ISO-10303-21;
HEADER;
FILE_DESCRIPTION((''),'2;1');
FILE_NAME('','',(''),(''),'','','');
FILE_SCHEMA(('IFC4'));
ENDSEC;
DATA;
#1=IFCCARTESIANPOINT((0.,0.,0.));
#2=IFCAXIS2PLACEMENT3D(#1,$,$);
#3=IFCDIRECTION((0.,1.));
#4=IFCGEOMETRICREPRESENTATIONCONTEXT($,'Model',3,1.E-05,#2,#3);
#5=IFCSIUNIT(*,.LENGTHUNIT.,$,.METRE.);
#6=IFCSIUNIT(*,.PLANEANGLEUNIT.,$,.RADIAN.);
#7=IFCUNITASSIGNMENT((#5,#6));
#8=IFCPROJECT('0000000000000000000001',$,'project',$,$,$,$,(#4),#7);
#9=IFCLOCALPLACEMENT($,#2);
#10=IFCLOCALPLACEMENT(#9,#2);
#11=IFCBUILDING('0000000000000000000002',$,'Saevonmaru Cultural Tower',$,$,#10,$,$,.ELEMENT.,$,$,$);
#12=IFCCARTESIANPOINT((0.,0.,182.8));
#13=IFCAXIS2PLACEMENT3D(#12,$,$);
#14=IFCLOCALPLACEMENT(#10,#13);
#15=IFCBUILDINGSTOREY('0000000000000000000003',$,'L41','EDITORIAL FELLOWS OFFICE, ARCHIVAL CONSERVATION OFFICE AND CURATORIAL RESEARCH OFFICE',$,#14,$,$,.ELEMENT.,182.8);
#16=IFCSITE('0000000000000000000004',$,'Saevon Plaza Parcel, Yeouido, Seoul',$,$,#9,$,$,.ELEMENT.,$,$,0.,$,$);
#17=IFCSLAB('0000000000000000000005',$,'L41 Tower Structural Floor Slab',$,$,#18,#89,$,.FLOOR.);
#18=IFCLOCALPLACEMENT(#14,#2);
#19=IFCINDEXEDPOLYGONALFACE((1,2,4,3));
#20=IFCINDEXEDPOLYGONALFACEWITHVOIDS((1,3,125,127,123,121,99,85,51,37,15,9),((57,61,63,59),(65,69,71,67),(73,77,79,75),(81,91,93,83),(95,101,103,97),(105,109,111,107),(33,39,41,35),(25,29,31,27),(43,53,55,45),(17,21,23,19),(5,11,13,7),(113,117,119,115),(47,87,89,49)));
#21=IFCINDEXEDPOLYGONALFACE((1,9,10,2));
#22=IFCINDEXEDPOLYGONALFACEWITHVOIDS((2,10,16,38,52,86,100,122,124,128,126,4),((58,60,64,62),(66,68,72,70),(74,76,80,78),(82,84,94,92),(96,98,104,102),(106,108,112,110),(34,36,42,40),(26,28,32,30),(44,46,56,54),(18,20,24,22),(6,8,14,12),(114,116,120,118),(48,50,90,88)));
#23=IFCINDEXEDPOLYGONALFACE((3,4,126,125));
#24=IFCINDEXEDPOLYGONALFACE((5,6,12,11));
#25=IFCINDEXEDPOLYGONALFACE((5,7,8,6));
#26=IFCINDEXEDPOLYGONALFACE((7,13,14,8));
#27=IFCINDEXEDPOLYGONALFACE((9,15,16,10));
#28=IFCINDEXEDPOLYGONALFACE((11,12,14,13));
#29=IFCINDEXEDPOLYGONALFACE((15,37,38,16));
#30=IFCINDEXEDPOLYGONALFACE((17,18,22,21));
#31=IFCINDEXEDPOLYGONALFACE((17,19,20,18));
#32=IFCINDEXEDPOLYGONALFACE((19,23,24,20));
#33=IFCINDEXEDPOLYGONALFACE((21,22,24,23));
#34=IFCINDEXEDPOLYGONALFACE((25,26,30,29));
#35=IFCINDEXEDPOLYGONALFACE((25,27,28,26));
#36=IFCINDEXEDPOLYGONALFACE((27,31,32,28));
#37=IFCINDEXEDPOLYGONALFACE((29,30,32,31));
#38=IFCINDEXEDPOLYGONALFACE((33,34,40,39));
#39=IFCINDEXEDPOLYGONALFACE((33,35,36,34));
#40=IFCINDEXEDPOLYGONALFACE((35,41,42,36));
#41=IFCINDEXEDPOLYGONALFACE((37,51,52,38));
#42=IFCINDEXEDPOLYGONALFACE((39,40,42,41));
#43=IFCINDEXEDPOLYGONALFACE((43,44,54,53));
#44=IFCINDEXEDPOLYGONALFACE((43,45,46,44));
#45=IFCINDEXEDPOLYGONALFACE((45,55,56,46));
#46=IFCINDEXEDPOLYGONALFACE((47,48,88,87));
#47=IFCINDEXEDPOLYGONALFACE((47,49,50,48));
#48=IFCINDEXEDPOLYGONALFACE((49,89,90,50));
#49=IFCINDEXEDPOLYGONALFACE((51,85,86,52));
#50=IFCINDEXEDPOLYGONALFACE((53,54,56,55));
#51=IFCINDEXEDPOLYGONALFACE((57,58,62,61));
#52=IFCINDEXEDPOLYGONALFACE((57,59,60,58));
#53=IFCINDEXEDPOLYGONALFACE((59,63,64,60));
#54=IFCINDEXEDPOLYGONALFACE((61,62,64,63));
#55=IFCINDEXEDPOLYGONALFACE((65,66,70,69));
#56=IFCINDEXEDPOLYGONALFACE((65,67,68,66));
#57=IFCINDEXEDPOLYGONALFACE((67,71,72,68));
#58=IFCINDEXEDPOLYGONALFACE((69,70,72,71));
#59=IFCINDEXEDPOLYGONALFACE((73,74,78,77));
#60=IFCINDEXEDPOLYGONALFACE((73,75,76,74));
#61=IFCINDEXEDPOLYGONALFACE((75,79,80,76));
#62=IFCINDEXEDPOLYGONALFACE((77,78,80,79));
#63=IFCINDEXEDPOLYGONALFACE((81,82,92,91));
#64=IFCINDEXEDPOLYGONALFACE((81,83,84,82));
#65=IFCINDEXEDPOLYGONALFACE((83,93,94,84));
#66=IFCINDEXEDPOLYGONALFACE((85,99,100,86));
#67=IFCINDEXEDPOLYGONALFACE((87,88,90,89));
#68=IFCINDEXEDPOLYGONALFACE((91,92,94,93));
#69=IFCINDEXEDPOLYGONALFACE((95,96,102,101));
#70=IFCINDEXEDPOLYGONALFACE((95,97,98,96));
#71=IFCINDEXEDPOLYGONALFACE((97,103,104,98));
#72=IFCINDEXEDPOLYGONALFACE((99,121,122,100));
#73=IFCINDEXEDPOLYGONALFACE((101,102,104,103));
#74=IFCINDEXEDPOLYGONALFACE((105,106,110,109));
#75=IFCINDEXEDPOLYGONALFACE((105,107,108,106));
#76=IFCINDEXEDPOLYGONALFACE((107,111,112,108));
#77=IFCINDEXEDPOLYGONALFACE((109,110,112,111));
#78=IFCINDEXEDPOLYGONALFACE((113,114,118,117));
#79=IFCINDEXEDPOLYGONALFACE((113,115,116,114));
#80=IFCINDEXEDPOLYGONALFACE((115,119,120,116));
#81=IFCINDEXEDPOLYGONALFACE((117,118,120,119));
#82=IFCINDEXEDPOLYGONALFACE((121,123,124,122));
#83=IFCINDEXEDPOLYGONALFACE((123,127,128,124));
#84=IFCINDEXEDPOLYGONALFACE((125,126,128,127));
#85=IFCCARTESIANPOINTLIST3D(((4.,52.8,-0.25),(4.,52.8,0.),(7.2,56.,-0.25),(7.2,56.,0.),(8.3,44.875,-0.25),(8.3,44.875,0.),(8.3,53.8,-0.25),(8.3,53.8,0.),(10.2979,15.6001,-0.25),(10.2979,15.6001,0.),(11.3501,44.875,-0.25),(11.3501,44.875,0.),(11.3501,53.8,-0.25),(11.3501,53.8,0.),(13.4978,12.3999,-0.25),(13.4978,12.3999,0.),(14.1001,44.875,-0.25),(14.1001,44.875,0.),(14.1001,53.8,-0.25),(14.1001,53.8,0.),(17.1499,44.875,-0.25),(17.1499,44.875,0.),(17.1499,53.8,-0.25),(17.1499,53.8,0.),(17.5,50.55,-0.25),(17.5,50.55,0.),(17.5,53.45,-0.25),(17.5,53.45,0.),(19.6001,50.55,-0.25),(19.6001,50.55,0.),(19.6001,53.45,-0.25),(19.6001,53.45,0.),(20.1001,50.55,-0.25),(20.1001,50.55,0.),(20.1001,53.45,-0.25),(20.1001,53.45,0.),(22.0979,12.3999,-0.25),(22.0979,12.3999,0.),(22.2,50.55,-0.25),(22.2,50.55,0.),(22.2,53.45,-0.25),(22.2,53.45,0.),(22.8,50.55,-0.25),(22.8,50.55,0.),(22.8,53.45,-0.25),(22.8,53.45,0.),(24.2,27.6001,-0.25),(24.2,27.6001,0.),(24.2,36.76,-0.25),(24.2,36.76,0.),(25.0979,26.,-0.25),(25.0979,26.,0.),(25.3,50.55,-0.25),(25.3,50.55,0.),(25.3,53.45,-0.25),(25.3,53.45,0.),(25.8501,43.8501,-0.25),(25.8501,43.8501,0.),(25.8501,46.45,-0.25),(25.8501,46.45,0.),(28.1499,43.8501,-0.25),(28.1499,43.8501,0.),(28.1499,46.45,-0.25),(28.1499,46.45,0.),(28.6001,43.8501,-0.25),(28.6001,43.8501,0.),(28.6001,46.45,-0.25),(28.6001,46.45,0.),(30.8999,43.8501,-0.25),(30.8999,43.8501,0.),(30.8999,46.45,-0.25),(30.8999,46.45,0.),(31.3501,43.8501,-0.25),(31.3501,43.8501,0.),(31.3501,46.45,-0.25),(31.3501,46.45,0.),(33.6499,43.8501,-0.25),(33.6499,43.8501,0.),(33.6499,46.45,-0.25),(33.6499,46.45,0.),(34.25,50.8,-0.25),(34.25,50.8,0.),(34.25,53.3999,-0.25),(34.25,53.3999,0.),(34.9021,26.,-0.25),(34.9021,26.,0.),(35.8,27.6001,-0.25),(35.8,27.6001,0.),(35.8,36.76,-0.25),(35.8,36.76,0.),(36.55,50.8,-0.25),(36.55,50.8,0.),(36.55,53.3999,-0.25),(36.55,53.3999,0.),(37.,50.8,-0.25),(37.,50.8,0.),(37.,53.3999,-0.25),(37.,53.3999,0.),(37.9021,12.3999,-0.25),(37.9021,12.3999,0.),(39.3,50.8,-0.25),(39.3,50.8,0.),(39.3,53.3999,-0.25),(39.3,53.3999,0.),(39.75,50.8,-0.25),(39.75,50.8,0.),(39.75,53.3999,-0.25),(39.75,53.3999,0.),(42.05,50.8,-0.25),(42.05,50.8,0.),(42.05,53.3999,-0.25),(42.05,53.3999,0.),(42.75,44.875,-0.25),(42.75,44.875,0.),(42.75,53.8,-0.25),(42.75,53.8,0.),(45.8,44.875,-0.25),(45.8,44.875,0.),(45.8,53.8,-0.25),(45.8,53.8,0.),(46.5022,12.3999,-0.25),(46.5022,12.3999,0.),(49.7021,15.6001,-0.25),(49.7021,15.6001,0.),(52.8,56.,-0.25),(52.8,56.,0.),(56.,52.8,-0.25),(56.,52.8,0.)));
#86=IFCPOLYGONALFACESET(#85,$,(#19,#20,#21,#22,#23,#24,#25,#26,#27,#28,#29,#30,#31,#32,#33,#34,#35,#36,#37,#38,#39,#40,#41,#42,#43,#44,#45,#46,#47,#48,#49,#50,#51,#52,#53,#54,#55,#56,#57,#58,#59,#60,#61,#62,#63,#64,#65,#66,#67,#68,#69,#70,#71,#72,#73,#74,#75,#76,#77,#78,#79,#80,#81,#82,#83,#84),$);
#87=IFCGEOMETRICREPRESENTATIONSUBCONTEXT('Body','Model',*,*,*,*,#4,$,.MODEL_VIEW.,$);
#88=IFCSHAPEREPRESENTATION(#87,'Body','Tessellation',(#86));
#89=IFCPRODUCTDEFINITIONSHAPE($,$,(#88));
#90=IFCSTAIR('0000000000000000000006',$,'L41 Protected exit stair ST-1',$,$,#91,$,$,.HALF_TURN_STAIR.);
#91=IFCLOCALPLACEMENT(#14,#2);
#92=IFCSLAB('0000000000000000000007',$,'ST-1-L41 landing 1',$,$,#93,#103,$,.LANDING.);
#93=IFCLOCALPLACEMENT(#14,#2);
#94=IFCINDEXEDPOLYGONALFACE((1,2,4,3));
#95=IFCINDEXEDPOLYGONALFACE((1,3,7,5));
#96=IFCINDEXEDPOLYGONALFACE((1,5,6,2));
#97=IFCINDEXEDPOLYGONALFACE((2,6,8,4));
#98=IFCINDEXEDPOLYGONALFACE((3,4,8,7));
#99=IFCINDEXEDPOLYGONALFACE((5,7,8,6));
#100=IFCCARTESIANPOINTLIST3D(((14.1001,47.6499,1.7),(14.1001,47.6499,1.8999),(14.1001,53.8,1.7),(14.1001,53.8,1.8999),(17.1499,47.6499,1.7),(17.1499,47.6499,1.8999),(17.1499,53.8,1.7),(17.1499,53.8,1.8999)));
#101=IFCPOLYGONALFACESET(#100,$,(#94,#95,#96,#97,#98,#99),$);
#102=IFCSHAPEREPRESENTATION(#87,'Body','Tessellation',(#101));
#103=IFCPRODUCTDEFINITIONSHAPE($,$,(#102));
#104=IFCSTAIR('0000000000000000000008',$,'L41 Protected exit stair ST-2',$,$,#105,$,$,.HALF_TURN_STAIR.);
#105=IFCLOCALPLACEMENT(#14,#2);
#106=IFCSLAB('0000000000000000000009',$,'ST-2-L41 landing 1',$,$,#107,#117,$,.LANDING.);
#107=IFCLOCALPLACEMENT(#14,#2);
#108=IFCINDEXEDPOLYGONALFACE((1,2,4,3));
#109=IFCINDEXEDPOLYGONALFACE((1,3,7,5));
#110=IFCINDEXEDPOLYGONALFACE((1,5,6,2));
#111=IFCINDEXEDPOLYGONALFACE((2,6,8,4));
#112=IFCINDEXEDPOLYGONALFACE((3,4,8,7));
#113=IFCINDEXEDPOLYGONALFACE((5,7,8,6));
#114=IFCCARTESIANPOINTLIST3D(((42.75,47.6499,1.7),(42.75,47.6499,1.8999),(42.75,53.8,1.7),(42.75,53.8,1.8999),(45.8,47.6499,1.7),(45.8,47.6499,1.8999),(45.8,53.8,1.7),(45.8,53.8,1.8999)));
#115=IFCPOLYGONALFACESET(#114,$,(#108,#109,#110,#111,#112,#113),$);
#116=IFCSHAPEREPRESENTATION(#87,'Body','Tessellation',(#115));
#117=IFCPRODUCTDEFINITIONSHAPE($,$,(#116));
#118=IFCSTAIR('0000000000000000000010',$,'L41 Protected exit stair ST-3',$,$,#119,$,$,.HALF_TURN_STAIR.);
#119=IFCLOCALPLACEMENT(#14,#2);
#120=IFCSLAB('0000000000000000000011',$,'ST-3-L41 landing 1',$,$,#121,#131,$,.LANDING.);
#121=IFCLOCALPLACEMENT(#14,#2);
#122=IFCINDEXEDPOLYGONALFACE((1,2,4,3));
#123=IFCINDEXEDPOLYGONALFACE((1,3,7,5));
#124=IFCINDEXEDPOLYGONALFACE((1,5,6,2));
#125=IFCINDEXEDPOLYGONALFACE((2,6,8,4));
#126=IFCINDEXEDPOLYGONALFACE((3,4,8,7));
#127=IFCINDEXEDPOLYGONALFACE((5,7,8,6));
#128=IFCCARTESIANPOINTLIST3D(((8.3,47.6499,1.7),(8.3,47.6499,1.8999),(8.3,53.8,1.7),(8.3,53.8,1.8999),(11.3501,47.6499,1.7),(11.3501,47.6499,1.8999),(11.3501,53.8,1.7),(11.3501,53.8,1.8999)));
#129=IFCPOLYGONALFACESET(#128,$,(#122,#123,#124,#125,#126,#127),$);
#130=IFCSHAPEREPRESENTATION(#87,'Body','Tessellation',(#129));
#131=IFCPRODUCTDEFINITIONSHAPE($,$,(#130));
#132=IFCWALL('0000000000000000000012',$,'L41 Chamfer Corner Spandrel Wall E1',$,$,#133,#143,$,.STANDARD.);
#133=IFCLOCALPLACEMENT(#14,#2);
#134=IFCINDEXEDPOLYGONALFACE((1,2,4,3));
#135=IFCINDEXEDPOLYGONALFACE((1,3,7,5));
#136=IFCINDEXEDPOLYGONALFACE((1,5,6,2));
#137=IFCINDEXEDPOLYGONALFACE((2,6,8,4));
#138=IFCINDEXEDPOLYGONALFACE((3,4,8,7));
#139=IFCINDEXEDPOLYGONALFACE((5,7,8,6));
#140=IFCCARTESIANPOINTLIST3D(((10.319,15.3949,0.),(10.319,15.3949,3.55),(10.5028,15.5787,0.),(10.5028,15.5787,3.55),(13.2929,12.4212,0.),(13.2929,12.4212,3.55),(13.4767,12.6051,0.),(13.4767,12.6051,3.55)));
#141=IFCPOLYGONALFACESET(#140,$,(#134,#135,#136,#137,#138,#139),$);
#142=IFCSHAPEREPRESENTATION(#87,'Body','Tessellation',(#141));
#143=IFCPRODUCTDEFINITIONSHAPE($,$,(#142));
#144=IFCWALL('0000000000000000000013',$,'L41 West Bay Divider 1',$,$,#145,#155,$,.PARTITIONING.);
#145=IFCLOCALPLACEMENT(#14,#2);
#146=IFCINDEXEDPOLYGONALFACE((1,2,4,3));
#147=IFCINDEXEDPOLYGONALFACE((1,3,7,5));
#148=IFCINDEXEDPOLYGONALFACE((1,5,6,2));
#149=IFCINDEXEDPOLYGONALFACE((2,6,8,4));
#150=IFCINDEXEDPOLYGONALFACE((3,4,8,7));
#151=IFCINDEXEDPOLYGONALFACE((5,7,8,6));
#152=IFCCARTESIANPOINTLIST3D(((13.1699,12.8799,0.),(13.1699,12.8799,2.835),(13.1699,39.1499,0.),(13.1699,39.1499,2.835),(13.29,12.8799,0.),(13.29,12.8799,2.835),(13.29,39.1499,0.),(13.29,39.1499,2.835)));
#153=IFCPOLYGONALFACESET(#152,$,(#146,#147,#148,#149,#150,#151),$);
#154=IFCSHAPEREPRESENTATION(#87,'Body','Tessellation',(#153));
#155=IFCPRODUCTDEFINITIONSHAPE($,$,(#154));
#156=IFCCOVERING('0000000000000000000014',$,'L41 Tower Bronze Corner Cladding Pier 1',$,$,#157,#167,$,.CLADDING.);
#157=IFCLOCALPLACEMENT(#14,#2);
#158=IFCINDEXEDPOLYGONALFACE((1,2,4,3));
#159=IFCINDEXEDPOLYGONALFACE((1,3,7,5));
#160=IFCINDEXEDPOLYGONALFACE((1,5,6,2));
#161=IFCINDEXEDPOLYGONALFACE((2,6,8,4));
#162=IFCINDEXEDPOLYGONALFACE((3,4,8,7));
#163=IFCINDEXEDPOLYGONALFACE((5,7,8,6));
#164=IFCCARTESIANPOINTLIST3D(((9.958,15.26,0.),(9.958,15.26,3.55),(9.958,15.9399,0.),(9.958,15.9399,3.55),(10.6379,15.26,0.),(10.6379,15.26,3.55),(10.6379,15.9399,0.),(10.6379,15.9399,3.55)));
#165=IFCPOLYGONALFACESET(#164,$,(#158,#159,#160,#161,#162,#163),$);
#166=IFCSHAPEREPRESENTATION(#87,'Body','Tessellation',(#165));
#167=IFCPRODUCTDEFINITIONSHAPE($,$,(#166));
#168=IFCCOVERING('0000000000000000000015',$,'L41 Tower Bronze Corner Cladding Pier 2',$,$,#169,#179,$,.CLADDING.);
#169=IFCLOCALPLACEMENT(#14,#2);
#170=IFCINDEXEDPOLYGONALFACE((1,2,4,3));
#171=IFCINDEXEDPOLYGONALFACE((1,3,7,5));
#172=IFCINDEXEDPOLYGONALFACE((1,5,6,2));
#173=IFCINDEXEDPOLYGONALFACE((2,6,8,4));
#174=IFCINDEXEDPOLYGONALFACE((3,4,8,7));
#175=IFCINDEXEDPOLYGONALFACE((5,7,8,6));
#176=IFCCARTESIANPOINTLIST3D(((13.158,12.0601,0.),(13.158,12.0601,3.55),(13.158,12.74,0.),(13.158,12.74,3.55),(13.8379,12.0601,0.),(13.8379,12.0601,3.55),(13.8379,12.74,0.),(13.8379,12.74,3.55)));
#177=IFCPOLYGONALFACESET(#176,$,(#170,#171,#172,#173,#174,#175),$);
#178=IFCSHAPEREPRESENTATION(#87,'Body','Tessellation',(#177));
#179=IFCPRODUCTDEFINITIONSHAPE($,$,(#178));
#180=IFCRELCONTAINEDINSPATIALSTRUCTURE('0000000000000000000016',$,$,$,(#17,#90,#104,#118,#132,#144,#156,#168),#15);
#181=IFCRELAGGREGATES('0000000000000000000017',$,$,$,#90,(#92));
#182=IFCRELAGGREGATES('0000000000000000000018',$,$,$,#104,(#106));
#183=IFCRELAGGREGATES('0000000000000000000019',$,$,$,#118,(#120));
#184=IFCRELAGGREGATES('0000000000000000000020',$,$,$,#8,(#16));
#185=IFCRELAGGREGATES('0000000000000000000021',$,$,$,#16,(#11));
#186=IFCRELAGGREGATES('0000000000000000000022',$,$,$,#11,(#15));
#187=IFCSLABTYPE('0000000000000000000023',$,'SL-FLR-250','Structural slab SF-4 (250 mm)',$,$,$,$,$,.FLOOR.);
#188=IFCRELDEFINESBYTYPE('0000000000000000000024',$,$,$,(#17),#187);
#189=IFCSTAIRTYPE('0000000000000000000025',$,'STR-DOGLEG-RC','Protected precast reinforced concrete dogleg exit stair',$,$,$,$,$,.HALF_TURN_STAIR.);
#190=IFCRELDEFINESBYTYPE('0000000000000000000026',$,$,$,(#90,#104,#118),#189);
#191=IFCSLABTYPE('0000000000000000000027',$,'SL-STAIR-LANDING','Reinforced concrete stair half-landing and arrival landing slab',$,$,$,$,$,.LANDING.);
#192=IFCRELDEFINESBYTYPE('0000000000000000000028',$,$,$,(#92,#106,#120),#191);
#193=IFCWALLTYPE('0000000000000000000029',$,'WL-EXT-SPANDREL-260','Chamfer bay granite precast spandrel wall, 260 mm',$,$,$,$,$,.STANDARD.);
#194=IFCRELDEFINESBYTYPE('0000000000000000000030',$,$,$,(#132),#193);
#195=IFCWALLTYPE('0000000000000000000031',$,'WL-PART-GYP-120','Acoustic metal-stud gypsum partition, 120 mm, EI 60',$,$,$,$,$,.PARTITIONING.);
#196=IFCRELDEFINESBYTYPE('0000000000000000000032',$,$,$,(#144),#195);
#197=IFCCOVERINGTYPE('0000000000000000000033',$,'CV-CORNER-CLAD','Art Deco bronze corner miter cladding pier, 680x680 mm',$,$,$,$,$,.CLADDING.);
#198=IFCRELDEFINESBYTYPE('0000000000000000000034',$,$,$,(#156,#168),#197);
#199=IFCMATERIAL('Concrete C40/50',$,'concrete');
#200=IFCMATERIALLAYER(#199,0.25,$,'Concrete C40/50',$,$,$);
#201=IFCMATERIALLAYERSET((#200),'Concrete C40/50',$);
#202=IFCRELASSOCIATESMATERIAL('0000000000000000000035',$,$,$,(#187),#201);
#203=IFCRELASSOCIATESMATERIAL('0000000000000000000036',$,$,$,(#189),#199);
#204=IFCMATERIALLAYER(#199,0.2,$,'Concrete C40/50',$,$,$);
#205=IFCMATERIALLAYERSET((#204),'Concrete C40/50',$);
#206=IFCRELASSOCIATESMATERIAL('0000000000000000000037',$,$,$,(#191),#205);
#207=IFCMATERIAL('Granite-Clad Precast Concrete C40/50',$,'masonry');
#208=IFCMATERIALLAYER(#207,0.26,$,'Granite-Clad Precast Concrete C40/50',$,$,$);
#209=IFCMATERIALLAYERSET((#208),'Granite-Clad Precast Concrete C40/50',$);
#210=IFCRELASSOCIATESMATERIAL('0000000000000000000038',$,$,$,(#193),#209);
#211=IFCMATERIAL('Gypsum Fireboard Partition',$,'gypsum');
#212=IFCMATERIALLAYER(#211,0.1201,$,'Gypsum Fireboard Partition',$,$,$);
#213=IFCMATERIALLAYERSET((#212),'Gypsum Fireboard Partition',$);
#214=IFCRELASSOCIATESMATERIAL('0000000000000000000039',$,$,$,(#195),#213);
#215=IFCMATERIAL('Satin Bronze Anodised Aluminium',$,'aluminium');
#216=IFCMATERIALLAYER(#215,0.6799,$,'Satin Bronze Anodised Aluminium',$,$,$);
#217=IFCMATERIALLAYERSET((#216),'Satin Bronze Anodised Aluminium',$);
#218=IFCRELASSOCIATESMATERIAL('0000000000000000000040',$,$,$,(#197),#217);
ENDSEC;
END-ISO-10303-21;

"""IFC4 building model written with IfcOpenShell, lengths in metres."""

from ifc_helpers import new_model, si_unit, direction, frame, frame_2d, origin, place, context, subcontext, project, spatial, polyline, rectangle, outline, extrude, material, layer, layer_set, type_object, element, aggregate, save


model = new_model("IFC4")

# Units and contexts
model_context = context("Model", 3, precision=1e-05, world=origin(), true_north=direction((0.0, 1.0)))
body_context = subcontext(model_context, "Body", "Model", "MODEL_VIEW")
ifc_project = project(units=[si_unit("LENGTHUNIT", "METRE"), si_unit("PLANEANGLEUNIT", "RADIAN")], contexts=[model_context])

# Site, building, storey
site_placement = place(None, origin())
site = spatial("IfcSite", under=ifc_project, at=site_placement, Name="Saevon Plaza Parcel, Yeouido, Seoul", CompositionType="ELEMENT", RefElevation=0.0)
building_placement = place(site_placement, origin())
building = spatial("IfcBuilding", under=site, at=building_placement, Name="Saevonmaru Cultural Tower", CompositionType="ELEMENT")
storey_placement = place(building_placement, frame((0.0, 0.0, 182.8)))
storey = spatial("IfcBuildingStorey", under=building, at=storey_placement, Name="L41", Description="EDITORIAL FELLOWS OFFICE, ARCHIVAL CONSERVATION OFFICE AND CURATORIAL RESEARCH OFFICE", CompositionType="ELEMENT", Elevation=182.8)

# Shared definitions
ifc_material_1 = material(Name="Satin Bronze Anodised Aluminium", Category="aluminium")

# Slab
ifc_material_2 = material(Name="Concrete C40/50", Category="concrete")
ifc_layer_1 = layer(ifc_material_2, 0.25, Name="Concrete C40/50")
ifc_layer_set_1 = layer_set([ifc_layer_1], Name="Concrete C40/50")
slab_type_1 = type_object("IfcSlabType", Name="SL-FLR-250", Description="Structural slab SF-4 (250 mm)", PredefinedType="FLOOR", material=ifc_layer_set_1)
slab_1_placement = place(storey_placement, frame((0.0, 0.0, -0.25)))
element("IfcSlab", 1, at=slab_1_placement, inside=storey, type_object=slab_type_1, Name="L41 Tower Structural Floor Slab", PredefinedType="FLOOR", context=body_context, shape_type="SweptSolid", body=[
    extrude(outline(polyline([(10.2979, 15.6001), (13.4978, 12.3999), (22.0979, 12.3999), (25.0979, 26.0), (34.9021, 26.0), (37.9021, 12.3999), (46.5022, 12.3999), (49.7021, 15.6001), (56.0, 52.8), (52.8, 56.0), (7.2, 56.0), (4.0, 52.8), (10.2979, 15.6001)]), holes=[polyline([(45.8, 44.875), (42.75, 44.875), (42.75, 53.8), (45.8, 53.8), (45.8, 44.875)]), polyline([(39.75, 50.8), (39.75, 53.3999), (42.05, 53.3999), (42.05, 50.8), (39.75, 50.8)]), polyline([(37.0, 50.8), (37.0, 53.3999), (39.3, 53.3999), (39.3, 50.8), (37.0, 50.8)]), polyline([(34.25, 50.8), (34.25, 53.3999), (36.55, 53.3999), (36.55, 50.8), (34.25, 50.8)]), polyline([(24.2, 27.6001), (24.2, 36.76), (35.8, 36.76), (35.8, 27.6001), (24.2, 27.6001)]), polyline([(31.3501, 43.8501), (31.3501, 46.45), (33.6499, 46.45), (33.6499, 43.8501), (31.3501, 43.8501)]), polyline([(28.6001, 43.8501), (28.6001, 46.45), (30.8999, 46.45), (30.8999, 43.8501), (28.6001, 43.8501)]), polyline([(28.1499, 43.8501), (25.8501, 43.8501), (25.8501, 46.45), (28.1499, 46.45), (28.1499, 43.8501)]), polyline([(25.3, 50.55), (22.8, 50.55), (22.8, 53.45), (25.3, 53.45), (25.3, 50.55)]), polyline([(20.1001, 50.55), (20.1001, 53.45), (22.2, 53.45), (22.2, 50.55), (20.1001, 50.55)]), polyline([(17.5, 50.55), (17.5, 53.45), (19.6001, 53.45), (19.6001, 50.55), (17.5, 50.55)]), polyline([(17.1499, 53.8), (17.1499, 44.875), (14.1001, 44.875), (14.1001, 53.8), (17.1499, 53.8)]), polyline([(11.3501, 44.875), (8.3, 44.875), (8.3, 53.8), (11.3501, 53.8), (11.3501, 44.875)])]), origin(), (0.0, 0.0, 1.0), 0.25),
])

# Stairs, slabs
stair_type = type_object("IfcStairType", Name="STR-DOGLEG-RC", Description="Protected precast reinforced concrete dogleg exit stair", PredefinedType="HALF_TURN_STAIR", material=ifc_material_2)
stair_1_placement = place(storey_placement, origin())
stair_1 = element("IfcStair", 2, at=stair_1_placement, inside=storey, type_object=stair_type, Name="L41 Protected exit stair ST-1", PredefinedType="HALF_TURN_STAIR")
ifc_layer_2 = layer(ifc_material_2, 0.2, Name="Concrete C40/50")
ifc_layer_set_2 = layer_set([ifc_layer_2], Name="Concrete C40/50")
slab_type_2 = type_object("IfcSlabType", Name="SL-STAIR-LANDING", Description="Reinforced concrete stair half-landing and arrival landing slab", PredefinedType="LANDING", material=ifc_layer_set_2)
slab_2_placement = place(storey_placement, frame((0.0, 0.0, 1.7)))
slab_2 = element("IfcSlab", 3, at=slab_2_placement, type_object=slab_type_2, Name="ST-1-L41 landing 1", PredefinedType="LANDING", context=body_context, shape_type="SweptSolid", body=[
    extrude(outline(polyline([(17.1499, 47.6499), (17.1499, 53.8), (14.1001, 53.8), (14.1001, 47.6499), (17.1499, 47.6499)])), origin(), (0.0, 0.0, 1.0), 0.2),
])
aggregate(stair_1, [slab_2])
stair_2_placement = place(storey_placement, origin())
stair_2 = element("IfcStair", 4, at=stair_2_placement, inside=storey, type_object=stair_type, Name="L41 Protected exit stair ST-2", PredefinedType="HALF_TURN_STAIR")
slab_3_placement = place(storey_placement, frame((0.0, 0.0, 1.7)))
slab_3 = element("IfcSlab", 5, at=slab_3_placement, type_object=slab_type_2, Name="ST-2-L41 landing 1", PredefinedType="LANDING", context=body_context, shape_type="SweptSolid", body=[
    extrude(outline(polyline([(45.8, 47.6499), (45.8, 53.8), (42.75, 53.8), (42.75, 47.6499), (45.8, 47.6499)])), origin(), (0.0, 0.0, 1.0), 0.2),
])
aggregate(stair_2, [slab_3])
stair_3_placement = place(storey_placement, origin())
stair_3 = element("IfcStair", 6, at=stair_3_placement, inside=storey, type_object=stair_type, Name="L41 Protected exit stair ST-3", PredefinedType="HALF_TURN_STAIR")
slab_4_placement = place(storey_placement, frame((0.0, 0.0, 1.7)))
slab_4 = element("IfcSlab", 7, at=slab_4_placement, type_object=slab_type_2, Name="ST-3-L41 landing 1", PredefinedType="LANDING", context=body_context, shape_type="SweptSolid", body=[
    extrude(outline(polyline([(11.3501, 47.6499), (11.3501, 53.8), (8.3, 53.8), (8.3, 47.6499), (11.3501, 47.6499)])), origin(), (0.0, 0.0, 1.0), 0.2),
])
aggregate(stair_3, [slab_4])

# Walls
ifc_material_3 = material(Name="Granite-Clad Precast Concrete C40/50", Category="masonry")
ifc_layer_3 = layer(ifc_material_3, 0.26, Name="Granite-Clad Precast Concrete C40/50")
ifc_layer_set_3 = layer_set([ifc_layer_3], Name="Granite-Clad Precast Concrete C40/50")
wall_type_1 = type_object("IfcWallType", Name="WL-EXT-SPANDREL-260", Description="Chamfer bay granite precast spandrel wall, 260 mm", PredefinedType="STANDARD", material=ifc_layer_set_3)
wall_1_placement = place(storey_placement, frame((10.4109, 15.4868, 0.0), z_axis=(0.0, 0.0, 1.0), x_axis=(0.707136, -0.707078, 0.0)))
element("IfcWall", 8, at=wall_1_placement, inside=storey, type_object=wall_type_1, Name="L41 Chamfer Corner Spandrel Wall E1", PredefinedType="STANDARD", context=body_context, shape_type="SweptSolid", body=[
    extrude(rectangle(XDim=4.2056, YDim=0.26, at=frame_2d((2.1028, 0.0))), origin(), (0.0, 0.0, 1.0), 3.55),
])
ifc_material_4 = material(Name="Gypsum Fireboard Partition", Category="gypsum")
ifc_layer_4 = layer(ifc_material_4, 0.1201, Name="Gypsum Fireboard Partition")
ifc_layer_set_4 = layer_set([ifc_layer_4], Name="Gypsum Fireboard Partition")
wall_type_2 = type_object("IfcWallType", Name="WL-PART-GYP-120", Description="Acoustic metal-stud gypsum partition, 120 mm, EI 60", PredefinedType="PARTITIONING", material=ifc_layer_set_4)
wall_2_placement = place(storey_placement, frame((13.23, 12.8799, 0.0), z_axis=(0.0, 0.0, 1.0), x_axis=(0.0, 1.0, 0.0)))
element("IfcWall", 9, at=wall_2_placement, inside=storey, type_object=wall_type_2, Name="L41 West Bay Divider 1", PredefinedType="PARTITIONING", context=body_context, shape_type="SweptSolid", body=[
    extrude(rectangle(XDim=26.27, YDim=0.1201, at=frame_2d((13.135, 0.0))), origin(), (0.0, 0.0, 1.0), 2.835),
])

# Coverings
ifc_layer_5 = layer(ifc_material_1, 0.6799, Name="Satin Bronze Anodised Aluminium")
ifc_layer_set_5 = layer_set([ifc_layer_5], Name="Satin Bronze Anodised Aluminium")
covering_type = type_object("IfcCoveringType", Name="CV-CORNER-CLAD", Description="Art Deco bronze corner miter cladding pier, 680x680 mm", PredefinedType="CLADDING", material=ifc_layer_set_5)
covering_1_placement = place(storey_placement, origin())
element("IfcCovering", 10, at=covering_1_placement, inside=storey, type_object=covering_type, Name="L41 Tower Bronze Corner Cladding Pier 1", PredefinedType="CLADDING", context=body_context, shape_type="SweptSolid", body=[
    extrude(outline(polyline([(9.958, 15.26), (10.6379, 15.26), (10.6379, 15.9399), (9.958, 15.9399), (9.958, 15.26)])), origin(), (0.0, 0.0, 1.0), 3.55),
])
covering_2_placement = place(storey_placement, origin())
element("IfcCovering", 11, at=covering_2_placement, inside=storey, type_object=covering_type, Name="L41 Tower Bronze Corner Cladding Pier 2", PredefinedType="CLADDING", context=body_context, shape_type="SweptSolid", body=[
    extrude(outline(polyline([(13.158, 12.0601), (13.8379, 12.0601), (13.8379, 12.74), (13.158, 12.74), (13.158, 12.0601)])), origin(), (0.0, 0.0, 1.0), 3.55),
])

save(model, "model.ifc")
